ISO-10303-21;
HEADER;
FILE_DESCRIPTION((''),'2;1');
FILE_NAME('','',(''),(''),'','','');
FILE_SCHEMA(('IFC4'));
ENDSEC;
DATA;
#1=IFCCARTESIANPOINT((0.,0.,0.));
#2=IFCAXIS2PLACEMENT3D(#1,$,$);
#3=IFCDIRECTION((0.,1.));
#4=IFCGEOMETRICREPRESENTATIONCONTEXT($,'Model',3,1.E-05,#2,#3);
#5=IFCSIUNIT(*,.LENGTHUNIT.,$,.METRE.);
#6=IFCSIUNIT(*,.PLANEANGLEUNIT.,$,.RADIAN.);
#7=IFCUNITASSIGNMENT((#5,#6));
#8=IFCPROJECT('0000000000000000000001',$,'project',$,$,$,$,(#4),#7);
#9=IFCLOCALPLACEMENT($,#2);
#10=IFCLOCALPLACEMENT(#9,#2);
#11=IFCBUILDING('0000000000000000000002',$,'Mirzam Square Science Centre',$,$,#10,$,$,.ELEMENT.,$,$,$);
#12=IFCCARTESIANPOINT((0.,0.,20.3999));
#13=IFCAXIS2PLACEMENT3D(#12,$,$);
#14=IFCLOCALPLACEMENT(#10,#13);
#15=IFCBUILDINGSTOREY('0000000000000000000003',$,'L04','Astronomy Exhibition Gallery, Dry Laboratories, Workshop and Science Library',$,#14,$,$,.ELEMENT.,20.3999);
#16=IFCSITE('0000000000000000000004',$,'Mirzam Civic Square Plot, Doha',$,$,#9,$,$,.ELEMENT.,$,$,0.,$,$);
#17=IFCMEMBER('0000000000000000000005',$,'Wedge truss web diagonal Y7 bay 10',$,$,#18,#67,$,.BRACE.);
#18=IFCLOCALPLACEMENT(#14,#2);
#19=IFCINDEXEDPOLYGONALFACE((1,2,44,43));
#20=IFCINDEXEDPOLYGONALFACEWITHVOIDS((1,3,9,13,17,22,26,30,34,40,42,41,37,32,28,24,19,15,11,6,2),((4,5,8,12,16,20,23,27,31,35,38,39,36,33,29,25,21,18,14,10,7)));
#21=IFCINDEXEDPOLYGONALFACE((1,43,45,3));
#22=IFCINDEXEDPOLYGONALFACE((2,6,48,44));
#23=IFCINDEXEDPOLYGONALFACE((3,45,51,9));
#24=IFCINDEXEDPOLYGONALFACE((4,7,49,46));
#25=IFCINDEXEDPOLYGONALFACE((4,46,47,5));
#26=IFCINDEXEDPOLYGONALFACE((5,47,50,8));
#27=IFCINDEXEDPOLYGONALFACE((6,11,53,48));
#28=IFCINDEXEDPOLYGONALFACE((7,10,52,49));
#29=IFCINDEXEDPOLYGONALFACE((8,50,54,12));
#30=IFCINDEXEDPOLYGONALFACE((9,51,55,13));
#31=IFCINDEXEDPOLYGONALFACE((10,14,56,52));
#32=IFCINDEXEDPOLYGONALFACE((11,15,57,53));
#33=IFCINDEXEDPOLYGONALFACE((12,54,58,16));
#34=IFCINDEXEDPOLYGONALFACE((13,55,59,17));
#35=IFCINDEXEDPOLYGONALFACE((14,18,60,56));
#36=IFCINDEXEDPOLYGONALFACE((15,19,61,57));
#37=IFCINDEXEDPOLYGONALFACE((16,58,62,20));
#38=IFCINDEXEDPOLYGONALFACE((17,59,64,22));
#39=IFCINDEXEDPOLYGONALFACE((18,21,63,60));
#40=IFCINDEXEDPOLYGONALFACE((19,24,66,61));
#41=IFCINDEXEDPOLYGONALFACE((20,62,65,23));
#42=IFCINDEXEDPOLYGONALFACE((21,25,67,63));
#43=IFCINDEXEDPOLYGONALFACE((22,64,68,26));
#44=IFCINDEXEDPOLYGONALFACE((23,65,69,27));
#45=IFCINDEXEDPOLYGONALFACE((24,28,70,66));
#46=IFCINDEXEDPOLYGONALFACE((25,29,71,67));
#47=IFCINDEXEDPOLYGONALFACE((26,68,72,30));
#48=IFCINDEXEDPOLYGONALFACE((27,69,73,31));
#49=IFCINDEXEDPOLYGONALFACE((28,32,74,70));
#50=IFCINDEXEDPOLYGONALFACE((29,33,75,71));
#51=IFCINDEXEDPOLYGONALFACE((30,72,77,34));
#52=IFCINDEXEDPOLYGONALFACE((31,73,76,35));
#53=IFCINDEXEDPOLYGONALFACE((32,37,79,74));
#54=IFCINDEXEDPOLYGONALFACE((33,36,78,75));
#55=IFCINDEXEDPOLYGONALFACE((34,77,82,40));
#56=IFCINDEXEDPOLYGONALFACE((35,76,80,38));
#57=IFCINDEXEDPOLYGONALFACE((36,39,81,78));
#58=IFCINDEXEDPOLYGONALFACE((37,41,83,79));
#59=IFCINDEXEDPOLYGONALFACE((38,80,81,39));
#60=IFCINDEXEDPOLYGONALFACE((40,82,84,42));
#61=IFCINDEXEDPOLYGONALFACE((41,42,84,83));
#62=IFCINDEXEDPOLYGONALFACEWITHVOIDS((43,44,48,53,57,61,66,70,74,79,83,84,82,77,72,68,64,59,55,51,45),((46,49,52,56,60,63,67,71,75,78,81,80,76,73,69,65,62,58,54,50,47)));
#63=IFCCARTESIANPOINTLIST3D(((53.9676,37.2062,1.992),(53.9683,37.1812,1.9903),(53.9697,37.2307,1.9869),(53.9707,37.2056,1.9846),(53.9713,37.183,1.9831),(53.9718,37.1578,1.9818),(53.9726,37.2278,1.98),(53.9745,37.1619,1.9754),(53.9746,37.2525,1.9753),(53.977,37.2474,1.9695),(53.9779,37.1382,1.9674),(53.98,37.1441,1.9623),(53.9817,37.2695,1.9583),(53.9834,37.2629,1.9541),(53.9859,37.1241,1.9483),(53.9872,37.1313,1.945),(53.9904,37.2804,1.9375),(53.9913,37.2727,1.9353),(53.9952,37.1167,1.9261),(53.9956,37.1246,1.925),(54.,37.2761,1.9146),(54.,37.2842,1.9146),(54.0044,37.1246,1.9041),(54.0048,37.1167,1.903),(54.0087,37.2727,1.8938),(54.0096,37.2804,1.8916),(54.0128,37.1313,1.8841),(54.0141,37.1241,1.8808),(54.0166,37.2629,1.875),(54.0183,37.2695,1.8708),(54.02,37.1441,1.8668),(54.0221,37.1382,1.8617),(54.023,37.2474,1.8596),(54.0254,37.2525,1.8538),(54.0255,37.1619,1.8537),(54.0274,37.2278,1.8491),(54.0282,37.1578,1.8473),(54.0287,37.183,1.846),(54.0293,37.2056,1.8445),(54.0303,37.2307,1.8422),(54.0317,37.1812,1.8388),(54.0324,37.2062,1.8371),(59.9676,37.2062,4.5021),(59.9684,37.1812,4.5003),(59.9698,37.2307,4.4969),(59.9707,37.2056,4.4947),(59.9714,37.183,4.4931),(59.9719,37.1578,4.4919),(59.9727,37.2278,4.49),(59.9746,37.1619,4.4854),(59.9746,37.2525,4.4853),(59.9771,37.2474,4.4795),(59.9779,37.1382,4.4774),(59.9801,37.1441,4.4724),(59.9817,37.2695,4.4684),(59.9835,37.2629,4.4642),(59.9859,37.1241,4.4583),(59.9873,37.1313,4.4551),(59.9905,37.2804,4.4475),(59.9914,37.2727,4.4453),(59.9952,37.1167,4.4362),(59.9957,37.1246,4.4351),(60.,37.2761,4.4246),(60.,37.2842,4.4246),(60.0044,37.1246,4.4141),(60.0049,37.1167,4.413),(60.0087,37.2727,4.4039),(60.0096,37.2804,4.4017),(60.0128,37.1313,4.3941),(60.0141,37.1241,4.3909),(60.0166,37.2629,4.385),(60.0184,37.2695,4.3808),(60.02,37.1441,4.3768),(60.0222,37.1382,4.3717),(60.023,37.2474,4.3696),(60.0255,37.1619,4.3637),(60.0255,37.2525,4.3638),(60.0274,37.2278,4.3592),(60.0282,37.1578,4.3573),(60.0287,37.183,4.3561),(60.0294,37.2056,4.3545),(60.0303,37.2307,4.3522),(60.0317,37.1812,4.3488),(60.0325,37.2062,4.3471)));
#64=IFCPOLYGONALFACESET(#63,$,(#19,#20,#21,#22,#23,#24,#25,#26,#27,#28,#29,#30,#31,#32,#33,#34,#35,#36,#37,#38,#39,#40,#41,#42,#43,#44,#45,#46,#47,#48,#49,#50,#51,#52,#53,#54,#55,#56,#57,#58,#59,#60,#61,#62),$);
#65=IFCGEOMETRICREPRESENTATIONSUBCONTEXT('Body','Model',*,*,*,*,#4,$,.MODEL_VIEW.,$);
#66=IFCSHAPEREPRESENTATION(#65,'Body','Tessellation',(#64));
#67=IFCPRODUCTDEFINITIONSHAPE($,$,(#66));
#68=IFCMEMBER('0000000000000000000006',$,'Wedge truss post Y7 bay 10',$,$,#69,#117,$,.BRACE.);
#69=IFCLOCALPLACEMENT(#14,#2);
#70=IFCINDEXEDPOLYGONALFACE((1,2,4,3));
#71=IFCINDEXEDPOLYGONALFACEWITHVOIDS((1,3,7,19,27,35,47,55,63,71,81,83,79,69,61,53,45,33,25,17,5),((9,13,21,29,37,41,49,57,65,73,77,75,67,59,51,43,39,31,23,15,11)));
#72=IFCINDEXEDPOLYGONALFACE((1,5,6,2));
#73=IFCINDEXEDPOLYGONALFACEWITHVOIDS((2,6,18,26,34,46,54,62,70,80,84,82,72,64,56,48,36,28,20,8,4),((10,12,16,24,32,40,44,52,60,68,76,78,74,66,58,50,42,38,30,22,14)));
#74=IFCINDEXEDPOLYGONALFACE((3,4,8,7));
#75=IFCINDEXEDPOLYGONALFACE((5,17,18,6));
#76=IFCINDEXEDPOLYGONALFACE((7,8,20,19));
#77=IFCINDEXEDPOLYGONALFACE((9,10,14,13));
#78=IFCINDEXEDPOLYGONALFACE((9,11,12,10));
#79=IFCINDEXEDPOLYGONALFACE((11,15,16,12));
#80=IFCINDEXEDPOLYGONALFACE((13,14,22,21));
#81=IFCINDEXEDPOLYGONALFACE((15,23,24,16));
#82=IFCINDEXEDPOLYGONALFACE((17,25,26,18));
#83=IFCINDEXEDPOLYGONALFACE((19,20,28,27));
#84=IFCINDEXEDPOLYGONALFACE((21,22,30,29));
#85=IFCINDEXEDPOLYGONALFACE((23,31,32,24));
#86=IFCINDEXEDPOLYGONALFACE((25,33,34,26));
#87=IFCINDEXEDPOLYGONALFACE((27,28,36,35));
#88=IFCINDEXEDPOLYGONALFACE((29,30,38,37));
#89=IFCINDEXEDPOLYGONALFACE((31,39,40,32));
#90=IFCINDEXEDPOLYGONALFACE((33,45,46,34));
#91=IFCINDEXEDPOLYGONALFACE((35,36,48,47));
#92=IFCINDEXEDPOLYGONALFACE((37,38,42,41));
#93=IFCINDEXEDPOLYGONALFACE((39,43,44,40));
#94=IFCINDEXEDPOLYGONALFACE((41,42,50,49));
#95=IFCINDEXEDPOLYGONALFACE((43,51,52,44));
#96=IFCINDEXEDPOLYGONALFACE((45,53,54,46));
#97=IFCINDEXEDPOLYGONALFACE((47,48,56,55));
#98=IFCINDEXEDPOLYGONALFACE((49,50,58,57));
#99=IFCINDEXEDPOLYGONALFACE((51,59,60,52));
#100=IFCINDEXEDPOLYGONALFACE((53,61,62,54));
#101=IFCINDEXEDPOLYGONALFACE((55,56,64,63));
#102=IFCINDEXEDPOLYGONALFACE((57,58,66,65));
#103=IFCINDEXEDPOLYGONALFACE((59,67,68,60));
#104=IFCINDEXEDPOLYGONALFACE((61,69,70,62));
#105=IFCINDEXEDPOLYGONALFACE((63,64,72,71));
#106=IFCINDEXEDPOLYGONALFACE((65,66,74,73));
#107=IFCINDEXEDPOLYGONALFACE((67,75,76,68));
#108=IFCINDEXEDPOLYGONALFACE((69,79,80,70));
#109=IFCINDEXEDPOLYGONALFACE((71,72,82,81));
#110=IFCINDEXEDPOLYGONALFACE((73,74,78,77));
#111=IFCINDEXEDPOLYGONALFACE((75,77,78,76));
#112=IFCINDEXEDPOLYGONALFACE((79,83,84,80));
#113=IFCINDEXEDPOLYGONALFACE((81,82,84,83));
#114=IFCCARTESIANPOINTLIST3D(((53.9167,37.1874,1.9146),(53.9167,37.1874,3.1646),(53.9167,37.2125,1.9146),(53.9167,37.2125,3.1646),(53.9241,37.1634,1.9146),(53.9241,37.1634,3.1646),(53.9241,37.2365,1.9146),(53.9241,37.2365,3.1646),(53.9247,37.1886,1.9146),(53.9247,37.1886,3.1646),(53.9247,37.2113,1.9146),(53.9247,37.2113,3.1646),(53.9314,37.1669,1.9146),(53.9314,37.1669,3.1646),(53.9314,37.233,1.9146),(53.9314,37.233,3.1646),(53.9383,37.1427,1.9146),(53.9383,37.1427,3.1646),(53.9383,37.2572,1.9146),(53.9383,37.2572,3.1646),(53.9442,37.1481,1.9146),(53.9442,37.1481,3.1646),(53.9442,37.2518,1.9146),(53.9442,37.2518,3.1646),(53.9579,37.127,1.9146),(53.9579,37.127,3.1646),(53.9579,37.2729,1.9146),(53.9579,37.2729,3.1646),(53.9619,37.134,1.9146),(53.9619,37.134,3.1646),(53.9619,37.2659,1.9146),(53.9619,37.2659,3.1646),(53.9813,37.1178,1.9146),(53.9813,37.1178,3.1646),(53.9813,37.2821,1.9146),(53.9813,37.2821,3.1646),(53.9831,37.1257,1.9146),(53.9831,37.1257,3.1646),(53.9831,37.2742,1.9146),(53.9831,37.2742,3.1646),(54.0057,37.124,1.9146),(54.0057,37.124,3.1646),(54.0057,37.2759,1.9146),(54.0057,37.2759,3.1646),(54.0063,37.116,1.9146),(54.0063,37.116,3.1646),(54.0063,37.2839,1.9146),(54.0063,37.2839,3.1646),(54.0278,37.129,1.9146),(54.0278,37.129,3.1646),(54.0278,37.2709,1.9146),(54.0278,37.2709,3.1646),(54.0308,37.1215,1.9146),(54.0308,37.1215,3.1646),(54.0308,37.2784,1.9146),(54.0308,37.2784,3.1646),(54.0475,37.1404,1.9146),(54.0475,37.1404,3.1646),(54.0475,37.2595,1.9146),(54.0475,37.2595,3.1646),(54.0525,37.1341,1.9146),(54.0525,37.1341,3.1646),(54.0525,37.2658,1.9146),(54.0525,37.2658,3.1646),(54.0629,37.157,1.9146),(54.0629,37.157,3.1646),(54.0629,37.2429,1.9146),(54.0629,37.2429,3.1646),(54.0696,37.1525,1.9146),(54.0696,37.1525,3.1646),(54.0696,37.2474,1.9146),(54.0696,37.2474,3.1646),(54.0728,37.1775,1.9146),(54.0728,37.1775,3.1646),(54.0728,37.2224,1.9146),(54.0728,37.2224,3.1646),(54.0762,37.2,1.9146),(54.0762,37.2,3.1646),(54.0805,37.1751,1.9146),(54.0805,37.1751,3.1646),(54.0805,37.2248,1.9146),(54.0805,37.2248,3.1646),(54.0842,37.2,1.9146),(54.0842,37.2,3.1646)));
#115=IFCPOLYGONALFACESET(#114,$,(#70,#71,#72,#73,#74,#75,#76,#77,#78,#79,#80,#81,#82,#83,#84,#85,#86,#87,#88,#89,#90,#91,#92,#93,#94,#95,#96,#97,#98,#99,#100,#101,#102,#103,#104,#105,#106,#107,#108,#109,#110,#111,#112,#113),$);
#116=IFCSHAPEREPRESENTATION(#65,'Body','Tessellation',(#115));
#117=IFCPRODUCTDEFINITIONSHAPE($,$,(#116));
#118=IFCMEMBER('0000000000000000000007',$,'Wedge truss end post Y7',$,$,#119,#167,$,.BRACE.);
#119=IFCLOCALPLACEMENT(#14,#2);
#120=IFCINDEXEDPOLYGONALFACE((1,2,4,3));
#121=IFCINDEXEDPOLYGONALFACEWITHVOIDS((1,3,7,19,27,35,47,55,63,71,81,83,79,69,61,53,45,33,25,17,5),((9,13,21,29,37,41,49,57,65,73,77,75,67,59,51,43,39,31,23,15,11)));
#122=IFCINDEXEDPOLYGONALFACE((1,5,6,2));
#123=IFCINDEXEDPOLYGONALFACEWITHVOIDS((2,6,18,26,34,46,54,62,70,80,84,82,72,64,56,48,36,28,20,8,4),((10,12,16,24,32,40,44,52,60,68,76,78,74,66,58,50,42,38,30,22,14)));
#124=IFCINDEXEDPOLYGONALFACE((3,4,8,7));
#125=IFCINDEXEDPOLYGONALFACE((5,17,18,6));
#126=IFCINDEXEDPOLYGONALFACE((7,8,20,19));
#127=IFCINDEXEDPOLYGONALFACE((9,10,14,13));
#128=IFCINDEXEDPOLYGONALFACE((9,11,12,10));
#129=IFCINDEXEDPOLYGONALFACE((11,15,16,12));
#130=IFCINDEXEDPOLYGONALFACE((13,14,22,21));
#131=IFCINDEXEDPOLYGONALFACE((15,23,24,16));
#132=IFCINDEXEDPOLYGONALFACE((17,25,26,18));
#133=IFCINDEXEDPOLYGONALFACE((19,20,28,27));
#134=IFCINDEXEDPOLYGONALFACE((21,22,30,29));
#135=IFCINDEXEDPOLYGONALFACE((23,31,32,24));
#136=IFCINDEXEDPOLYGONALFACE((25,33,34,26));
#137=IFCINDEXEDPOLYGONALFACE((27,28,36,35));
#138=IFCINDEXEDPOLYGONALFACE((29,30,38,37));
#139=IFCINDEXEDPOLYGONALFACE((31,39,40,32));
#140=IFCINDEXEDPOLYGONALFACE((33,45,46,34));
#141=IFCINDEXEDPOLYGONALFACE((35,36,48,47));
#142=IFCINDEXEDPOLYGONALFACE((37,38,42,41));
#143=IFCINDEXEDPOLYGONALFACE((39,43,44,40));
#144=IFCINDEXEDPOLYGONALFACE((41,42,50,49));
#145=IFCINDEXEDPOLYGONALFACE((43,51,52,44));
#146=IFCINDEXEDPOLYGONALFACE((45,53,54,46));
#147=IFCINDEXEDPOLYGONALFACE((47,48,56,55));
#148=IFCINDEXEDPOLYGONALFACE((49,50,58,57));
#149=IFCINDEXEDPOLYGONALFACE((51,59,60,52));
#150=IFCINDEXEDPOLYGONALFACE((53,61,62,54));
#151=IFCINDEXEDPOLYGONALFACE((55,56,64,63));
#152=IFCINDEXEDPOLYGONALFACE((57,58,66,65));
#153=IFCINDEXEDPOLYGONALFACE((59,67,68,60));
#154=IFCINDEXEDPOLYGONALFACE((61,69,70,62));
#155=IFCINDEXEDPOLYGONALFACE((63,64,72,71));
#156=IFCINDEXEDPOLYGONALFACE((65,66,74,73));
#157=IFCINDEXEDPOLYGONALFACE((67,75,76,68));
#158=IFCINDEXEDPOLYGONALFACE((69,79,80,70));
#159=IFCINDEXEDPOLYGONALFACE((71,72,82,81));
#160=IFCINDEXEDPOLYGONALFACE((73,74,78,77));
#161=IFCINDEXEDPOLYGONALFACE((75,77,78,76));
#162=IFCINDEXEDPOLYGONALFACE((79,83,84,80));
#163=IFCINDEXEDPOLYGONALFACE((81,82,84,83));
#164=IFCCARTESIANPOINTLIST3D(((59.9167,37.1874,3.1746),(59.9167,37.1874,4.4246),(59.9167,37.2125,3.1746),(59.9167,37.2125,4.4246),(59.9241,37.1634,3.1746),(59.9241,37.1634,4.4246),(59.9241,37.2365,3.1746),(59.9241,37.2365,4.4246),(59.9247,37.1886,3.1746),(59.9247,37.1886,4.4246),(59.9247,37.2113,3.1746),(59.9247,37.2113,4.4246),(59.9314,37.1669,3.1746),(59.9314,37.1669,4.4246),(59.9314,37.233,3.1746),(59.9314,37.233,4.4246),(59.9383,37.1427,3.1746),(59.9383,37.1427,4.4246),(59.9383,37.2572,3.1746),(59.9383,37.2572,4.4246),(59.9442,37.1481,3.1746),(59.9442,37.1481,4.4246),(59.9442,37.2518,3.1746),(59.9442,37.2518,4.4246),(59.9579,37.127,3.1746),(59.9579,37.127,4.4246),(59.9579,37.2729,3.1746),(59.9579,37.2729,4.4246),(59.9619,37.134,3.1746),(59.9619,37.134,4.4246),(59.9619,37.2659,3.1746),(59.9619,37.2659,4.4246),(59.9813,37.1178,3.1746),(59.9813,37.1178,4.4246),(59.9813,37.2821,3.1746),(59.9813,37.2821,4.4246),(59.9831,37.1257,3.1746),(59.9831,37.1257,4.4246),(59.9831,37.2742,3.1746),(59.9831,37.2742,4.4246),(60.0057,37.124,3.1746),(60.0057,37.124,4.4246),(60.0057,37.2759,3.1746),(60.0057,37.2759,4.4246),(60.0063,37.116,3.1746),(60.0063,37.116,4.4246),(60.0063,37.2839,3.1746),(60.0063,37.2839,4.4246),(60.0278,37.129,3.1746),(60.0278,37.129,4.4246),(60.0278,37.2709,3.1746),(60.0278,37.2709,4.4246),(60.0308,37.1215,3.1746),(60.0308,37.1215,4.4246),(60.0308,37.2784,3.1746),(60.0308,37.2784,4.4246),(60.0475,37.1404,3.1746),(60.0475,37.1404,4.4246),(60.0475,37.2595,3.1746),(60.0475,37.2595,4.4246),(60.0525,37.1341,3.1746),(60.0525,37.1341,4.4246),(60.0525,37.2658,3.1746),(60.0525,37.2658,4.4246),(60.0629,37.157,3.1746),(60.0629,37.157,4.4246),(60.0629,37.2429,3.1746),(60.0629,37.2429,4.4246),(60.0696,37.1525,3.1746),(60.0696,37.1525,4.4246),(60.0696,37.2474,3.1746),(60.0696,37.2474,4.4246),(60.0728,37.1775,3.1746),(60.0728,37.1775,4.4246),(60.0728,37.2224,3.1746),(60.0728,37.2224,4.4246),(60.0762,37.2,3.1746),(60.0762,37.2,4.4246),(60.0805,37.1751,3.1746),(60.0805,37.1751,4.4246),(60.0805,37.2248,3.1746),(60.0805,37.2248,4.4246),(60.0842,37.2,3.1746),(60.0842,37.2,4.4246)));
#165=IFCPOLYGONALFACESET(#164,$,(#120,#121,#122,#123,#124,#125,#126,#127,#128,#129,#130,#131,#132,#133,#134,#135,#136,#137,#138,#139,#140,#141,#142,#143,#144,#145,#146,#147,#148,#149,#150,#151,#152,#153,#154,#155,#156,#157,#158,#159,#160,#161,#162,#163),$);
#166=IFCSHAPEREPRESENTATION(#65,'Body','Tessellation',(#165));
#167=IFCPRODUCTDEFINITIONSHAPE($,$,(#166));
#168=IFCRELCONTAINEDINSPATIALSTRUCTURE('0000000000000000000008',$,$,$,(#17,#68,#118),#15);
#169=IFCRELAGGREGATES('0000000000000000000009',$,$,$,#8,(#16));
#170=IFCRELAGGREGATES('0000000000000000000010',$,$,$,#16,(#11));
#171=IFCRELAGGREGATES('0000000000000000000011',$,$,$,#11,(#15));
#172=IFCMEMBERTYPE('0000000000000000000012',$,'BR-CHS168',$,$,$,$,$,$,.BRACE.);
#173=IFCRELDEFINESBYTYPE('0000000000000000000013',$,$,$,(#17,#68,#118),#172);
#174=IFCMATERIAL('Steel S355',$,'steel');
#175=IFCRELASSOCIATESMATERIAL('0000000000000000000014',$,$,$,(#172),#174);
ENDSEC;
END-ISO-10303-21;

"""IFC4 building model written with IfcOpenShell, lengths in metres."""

from ifc_helpers import new_model, si_unit, direction, frame, origin, origin_2d, place, context, subcontext, project, spatial, hollow_circle, extrude, material, material_profile, profile_set, type_object, element, save


model = new_model("IFC4")

# Units and contexts
model_context = context("Model", 3, precision=1e-05, world=origin(), true_north=direction((0.0, 1.0)))
body_context = subcontext(model_context, "Body", "Model", "MODEL_VIEW")
ifc_project = project(units=[si_unit("LENGTHUNIT", "METRE"), si_unit("PLANEANGLEUNIT", "RADIAN")], contexts=[model_context])

# Site, building, storey
site_placement = place(None, origin())
site = spatial("IfcSite", under=ifc_project, at=site_placement, Name="Mirzam Civic Square Plot, Doha", CompositionType="ELEMENT", RefElevation=0.0)
building_placement = place(site_placement, origin())
building = spatial("IfcBuilding", under=site, at=building_placement, Name="Mirzam Square Science Centre", CompositionType="ELEMENT")
storey_placement = place(building_placement, frame((0.0, 0.0, 20.3999)))
storey = spatial("IfcBuildingStorey", under=building, at=storey_placement, Name="L04", Description="Astronomy Exhibition Gallery, Dry Laboratories, Workshop and Science Library", CompositionType="ELEMENT", Elevation=20.3999)

# Members
ifc_material_1 = material(Name="Steel S355", Category="steel")
ifc_material_profile_1 = material_profile(ifc_material_1, hollow_circle(Radius=0.0842, WallThickness=0.0081, at=origin_2d()), Name="168.3x8.0CHS")
ifc_profile_set_1 = profile_set([ifc_material_profile_1], Name="Steel S355")
member_type_1 = type_object("IfcMemberType", Name="BR-CHS168", PredefinedType="BRACE", material=ifc_profile_set_1)
member_1_placement = place(storey_placement, frame((54.0, 37.2, 1.9146), z_axis=(0.92253, 0.0, 0.385926), x_axis=(0.0, 1.0, 0.0)))
element("IfcMember", 1, at=member_1_placement, inside=storey, type_object=member_type_1, Name="Wedge truss web diagonal Y7 bay 10", PredefinedType="BRACE", context=body_context, shape_type="SweptSolid", body=[
    extrude(hollow_circle(Radius=0.0842, WallThickness=0.0081, at=origin_2d()), origin(), (0.0, 0.0, 1.0), 6.5039),
])
for number, where, z_axis, x_axis, name in (
    (2, (54.0, 37.2, 1.9146), (0.0, 0.0, 1.0), (1.0, 0.0, 0.0), "Wedge truss post Y7 bay 10"),
    (3, (60.0, 37.2, 3.1746), (0.0, 0.0, 1.0), (1.0, 0.0, 0.0), "Wedge truss end post Y7"),
):
    element("IfcMember", number, at=place(storey_placement, frame(where, z_axis=z_axis, x_axis=x_axis)), inside=storey, type_object=member_type_1, Name=name, PredefinedType="BRACE", context=body_context, shape_type="SweptSolid", body=[
        extrude(hollow_circle(Radius=0.0842, WallThickness=0.0081, at=origin_2d()), origin(), (0.0, 0.0, 1.0), 1.25),
    ])

save(model, "model.ifc")
